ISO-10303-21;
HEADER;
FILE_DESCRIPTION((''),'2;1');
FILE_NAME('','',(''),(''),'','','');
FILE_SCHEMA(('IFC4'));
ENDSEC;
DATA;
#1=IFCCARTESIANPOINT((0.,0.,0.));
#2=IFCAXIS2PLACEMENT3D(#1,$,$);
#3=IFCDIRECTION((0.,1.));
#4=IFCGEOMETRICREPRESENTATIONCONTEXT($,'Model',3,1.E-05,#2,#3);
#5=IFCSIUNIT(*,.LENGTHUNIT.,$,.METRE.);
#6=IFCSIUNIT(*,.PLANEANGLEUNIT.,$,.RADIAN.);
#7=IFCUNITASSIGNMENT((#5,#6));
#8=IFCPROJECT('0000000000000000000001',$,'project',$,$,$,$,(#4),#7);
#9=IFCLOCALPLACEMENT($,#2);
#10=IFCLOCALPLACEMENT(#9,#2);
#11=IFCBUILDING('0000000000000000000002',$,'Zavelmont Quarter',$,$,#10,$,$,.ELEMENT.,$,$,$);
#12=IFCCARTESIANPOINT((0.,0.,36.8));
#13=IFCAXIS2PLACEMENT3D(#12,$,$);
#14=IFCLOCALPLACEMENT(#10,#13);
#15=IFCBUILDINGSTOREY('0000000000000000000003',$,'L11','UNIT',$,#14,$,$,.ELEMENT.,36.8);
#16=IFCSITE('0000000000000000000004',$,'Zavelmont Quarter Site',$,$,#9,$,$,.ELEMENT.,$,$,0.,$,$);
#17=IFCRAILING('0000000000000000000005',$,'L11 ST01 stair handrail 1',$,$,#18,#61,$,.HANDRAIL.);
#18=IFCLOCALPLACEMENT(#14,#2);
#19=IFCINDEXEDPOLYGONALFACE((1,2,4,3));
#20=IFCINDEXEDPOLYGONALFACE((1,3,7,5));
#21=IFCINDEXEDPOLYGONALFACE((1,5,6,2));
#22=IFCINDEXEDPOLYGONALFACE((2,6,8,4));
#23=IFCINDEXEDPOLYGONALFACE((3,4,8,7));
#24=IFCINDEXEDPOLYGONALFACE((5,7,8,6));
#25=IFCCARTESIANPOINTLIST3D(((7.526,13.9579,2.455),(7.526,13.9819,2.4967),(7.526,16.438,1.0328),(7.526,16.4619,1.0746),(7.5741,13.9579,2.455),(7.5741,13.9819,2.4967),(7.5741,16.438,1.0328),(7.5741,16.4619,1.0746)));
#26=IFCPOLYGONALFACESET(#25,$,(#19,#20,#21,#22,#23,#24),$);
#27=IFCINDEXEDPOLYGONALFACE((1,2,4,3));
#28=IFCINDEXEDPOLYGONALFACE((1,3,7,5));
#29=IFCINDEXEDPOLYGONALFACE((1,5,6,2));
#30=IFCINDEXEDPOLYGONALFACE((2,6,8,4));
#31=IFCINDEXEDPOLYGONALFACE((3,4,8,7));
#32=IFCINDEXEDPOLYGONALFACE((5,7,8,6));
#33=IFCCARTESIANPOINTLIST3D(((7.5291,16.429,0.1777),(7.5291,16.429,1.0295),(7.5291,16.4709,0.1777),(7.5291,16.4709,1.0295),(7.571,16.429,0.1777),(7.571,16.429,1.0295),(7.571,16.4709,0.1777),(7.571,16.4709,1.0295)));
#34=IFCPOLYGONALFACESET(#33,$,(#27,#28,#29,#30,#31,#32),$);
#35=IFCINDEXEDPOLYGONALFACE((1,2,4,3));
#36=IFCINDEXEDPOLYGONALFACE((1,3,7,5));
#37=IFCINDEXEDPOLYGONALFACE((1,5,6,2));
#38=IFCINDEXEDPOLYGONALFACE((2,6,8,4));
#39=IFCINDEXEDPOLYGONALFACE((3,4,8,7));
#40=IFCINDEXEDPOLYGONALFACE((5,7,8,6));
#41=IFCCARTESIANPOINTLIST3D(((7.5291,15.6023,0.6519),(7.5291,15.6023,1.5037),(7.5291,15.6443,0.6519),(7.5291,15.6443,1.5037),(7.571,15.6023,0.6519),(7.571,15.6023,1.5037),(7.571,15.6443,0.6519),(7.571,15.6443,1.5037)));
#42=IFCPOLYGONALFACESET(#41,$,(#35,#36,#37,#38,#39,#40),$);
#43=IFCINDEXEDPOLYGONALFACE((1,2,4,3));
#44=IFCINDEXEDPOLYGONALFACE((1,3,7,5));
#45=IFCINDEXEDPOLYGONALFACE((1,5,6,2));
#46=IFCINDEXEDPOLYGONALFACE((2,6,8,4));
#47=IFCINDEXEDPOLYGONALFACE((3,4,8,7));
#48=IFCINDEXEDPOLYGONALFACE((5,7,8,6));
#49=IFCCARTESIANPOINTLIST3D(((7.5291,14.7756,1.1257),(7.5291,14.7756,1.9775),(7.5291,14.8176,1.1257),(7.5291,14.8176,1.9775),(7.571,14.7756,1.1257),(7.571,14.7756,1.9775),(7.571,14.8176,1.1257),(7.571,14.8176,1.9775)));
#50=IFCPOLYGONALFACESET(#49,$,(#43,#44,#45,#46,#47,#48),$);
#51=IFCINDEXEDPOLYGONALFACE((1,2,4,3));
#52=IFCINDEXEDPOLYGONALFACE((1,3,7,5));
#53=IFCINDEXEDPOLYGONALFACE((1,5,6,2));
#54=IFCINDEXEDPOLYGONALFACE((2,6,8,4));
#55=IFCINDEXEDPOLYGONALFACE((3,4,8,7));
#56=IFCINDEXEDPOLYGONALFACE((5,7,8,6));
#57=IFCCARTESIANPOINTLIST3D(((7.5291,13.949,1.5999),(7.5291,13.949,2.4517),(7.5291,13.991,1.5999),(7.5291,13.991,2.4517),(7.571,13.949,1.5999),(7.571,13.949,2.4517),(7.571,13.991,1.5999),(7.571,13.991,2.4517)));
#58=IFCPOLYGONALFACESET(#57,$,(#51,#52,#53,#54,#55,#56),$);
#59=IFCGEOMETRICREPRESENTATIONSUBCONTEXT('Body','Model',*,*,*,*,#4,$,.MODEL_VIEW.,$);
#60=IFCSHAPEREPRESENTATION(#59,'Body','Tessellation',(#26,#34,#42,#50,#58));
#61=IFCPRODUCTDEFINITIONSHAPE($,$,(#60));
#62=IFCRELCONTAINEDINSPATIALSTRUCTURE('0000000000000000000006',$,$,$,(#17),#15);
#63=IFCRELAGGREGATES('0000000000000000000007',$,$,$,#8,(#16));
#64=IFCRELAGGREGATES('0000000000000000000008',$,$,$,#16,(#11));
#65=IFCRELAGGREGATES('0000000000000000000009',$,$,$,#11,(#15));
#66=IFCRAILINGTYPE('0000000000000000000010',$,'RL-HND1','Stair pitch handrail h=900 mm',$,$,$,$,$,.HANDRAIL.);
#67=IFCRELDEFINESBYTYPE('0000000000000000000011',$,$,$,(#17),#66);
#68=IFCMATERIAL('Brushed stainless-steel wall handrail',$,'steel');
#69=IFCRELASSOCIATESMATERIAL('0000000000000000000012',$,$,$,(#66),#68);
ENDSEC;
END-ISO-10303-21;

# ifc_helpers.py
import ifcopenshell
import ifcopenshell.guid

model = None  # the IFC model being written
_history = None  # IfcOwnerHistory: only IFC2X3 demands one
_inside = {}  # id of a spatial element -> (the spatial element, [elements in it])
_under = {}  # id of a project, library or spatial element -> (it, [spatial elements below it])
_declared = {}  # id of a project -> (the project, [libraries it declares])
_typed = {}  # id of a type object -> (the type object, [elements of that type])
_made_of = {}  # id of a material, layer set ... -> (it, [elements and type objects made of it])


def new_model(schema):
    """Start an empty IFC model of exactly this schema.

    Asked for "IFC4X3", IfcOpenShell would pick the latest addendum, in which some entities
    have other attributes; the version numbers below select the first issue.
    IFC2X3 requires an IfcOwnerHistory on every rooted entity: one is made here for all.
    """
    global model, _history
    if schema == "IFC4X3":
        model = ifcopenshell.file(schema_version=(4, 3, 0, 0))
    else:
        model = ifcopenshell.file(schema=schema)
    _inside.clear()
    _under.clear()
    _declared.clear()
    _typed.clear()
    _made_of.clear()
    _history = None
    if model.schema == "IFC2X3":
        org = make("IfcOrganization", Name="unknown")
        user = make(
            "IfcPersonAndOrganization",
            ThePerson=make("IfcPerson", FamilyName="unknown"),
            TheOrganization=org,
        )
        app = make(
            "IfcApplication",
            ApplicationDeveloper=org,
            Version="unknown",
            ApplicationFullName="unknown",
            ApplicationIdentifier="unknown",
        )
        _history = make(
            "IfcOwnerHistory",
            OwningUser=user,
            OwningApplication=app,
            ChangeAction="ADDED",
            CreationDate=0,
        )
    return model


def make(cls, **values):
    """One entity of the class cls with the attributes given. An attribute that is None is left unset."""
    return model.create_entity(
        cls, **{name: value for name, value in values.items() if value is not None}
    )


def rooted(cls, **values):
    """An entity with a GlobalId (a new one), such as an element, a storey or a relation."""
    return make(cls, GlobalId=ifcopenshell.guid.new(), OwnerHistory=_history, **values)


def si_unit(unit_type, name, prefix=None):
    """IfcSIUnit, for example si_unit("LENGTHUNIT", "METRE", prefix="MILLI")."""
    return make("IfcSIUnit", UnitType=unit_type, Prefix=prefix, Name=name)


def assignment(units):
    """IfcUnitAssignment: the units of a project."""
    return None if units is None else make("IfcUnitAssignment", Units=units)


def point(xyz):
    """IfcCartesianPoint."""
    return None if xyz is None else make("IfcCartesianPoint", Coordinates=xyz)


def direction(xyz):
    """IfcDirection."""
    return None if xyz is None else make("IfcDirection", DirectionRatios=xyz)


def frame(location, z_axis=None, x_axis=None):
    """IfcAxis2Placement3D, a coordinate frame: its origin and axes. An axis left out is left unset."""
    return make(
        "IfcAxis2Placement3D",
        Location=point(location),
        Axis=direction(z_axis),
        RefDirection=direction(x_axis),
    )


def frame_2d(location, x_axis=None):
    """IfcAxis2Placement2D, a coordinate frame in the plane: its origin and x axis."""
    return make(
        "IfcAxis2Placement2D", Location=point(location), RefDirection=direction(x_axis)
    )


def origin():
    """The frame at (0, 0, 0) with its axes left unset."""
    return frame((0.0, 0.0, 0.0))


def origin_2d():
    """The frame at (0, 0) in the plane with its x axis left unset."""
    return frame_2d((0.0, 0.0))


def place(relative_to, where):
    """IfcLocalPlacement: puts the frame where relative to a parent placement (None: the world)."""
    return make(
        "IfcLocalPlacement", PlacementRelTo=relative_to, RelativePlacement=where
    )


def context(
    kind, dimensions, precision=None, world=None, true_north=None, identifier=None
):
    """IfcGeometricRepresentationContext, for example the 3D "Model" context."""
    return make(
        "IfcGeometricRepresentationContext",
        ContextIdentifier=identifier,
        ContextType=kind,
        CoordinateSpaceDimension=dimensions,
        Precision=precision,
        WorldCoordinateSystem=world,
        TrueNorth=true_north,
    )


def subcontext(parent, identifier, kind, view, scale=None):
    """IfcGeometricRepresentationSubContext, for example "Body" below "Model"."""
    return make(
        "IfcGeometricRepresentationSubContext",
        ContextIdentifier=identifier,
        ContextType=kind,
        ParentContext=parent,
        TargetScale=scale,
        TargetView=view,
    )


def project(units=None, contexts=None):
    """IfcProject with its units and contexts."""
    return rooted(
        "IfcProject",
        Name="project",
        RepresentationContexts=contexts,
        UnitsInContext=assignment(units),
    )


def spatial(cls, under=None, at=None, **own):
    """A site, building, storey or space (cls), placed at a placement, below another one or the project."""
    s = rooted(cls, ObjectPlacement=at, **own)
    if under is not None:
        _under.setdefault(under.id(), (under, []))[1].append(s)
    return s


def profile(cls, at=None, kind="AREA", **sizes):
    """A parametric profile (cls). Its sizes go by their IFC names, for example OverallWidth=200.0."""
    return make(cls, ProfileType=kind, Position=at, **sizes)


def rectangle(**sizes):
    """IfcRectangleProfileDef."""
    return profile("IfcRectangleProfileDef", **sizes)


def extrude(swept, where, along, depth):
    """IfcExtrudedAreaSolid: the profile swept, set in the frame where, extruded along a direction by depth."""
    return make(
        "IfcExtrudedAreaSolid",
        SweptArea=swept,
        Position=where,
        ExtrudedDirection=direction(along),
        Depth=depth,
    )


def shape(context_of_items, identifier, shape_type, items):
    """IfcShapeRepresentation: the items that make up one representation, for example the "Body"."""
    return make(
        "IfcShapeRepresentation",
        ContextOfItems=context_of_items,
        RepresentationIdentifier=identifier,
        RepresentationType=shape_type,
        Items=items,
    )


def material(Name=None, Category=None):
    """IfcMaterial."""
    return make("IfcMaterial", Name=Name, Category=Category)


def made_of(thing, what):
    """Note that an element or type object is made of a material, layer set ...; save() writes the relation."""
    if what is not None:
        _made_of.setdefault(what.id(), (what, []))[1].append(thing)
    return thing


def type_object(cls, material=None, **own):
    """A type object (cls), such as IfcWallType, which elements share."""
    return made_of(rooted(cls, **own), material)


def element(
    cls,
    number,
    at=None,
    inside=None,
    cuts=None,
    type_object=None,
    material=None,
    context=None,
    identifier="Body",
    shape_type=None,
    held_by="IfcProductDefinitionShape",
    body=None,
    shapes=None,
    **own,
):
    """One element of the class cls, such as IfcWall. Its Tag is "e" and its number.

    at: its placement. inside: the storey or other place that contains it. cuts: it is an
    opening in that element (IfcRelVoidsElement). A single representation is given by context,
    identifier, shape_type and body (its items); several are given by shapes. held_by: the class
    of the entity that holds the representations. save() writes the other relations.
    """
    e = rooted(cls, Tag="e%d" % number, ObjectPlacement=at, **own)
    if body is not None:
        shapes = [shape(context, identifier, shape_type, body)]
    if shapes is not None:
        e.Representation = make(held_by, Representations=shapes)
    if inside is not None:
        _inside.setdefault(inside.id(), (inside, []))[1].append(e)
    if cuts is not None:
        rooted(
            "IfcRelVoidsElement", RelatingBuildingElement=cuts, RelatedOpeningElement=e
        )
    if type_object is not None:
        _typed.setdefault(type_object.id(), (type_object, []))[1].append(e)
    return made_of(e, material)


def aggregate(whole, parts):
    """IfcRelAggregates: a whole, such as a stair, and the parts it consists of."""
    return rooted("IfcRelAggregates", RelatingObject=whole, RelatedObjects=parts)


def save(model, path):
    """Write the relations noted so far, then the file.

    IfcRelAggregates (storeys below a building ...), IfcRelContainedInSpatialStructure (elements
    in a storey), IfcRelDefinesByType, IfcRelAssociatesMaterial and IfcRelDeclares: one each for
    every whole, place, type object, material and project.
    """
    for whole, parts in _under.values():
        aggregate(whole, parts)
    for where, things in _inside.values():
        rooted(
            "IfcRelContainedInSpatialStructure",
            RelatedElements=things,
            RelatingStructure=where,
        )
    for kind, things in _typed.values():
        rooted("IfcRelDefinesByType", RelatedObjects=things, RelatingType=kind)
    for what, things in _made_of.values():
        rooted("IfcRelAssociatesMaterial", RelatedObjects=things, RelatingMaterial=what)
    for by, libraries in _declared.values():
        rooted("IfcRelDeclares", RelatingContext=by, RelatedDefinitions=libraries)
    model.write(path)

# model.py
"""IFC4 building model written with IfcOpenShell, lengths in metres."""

from ifc_helpers import new_model, si_unit, direction, frame, origin, origin_2d, place, context, subcontext, project, spatial, rectangle, extrude, material, type_object, element, save


model = new_model("IFC4")

# Units and contexts
model_context = context("Model", 3, precision=1e-05, world=origin(), true_north=direction((0.0, 1.0)))
body_context = subcontext(model_context, "Body", "Model", "MODEL_VIEW")
ifc_project = project(units=[si_unit("LENGTHUNIT", "METRE"), si_unit("PLANEANGLEUNIT", "RADIAN")], contexts=[model_context])

# Site, building, storey
site_placement = place(None, origin())
site = spatial("IfcSite", under=ifc_project, at=site_placement, Name="Zavelmont Quarter Site", CompositionType="ELEMENT", RefElevation=0.0)
building_placement = place(site_placement, origin())
building = spatial("IfcBuilding", under=site, at=building_placement, Name="Zavelmont Quarter", CompositionType="ELEMENT")
storey_placement = place(building_placement, frame((0.0, 0.0, 36.8)))
storey = spatial("IfcBuildingStorey", under=building, at=storey_placement, Name="L11", Description="UNIT", CompositionType="ELEMENT", Elevation=36.8)

# Railing
ifc_material_1 = material(Name="Brushed stainless-steel wall handrail", Category="steel")
railing_type_1 = type_object("IfcRailingType", Name="RL-HND1", Description="Stair pitch handrail h=900 mm", PredefinedType="HANDRAIL", material=ifc_material_1)
railing_1_placement = place(storey_placement, frame((7.55, 16.45, 0.1777)))
element("IfcRailing", 1, at=railing_1_placement, inside=storey, type_object=railing_type_1, Name="L11 ST01 stair handrail 1", PredefinedType="HANDRAIL", context=body_context, shape_type="SweptSolid", body=[
    extrude(rectangle(XDim=0.0481, YDim=0.0481, at=origin_2d()), frame((0.0, 0.0, 0.876), z_axis=(0.0, -0.867491, 0.497454), x_axis=(1.0, 0.0, 0.0)), (0.0, 0.0, 1.0), 2.8589),
    extrude(rectangle(XDim=0.042, YDim=0.042, at=origin_2d()), origin(), (0.0, 0.0, 1.0), 0.8518),
    extrude(rectangle(XDim=0.042, YDim=0.042, at=origin_2d()), frame((0.0, -0.8267, 0.4741)), (0.0, 0.0, 1.0), 0.8518),
    extrude(rectangle(XDim=0.042, YDim=0.042, at=origin_2d()), frame((0.0, -1.6533, 0.948)), (0.0, 0.0, 1.0), 0.8518),
    extrude(rectangle(XDim=0.042, YDim=0.042, at=origin_2d()), frame((0.0, -2.48, 1.4221)), (0.0, 0.0, 1.0), 0.8518),
])

save(model, "model.ifc")
